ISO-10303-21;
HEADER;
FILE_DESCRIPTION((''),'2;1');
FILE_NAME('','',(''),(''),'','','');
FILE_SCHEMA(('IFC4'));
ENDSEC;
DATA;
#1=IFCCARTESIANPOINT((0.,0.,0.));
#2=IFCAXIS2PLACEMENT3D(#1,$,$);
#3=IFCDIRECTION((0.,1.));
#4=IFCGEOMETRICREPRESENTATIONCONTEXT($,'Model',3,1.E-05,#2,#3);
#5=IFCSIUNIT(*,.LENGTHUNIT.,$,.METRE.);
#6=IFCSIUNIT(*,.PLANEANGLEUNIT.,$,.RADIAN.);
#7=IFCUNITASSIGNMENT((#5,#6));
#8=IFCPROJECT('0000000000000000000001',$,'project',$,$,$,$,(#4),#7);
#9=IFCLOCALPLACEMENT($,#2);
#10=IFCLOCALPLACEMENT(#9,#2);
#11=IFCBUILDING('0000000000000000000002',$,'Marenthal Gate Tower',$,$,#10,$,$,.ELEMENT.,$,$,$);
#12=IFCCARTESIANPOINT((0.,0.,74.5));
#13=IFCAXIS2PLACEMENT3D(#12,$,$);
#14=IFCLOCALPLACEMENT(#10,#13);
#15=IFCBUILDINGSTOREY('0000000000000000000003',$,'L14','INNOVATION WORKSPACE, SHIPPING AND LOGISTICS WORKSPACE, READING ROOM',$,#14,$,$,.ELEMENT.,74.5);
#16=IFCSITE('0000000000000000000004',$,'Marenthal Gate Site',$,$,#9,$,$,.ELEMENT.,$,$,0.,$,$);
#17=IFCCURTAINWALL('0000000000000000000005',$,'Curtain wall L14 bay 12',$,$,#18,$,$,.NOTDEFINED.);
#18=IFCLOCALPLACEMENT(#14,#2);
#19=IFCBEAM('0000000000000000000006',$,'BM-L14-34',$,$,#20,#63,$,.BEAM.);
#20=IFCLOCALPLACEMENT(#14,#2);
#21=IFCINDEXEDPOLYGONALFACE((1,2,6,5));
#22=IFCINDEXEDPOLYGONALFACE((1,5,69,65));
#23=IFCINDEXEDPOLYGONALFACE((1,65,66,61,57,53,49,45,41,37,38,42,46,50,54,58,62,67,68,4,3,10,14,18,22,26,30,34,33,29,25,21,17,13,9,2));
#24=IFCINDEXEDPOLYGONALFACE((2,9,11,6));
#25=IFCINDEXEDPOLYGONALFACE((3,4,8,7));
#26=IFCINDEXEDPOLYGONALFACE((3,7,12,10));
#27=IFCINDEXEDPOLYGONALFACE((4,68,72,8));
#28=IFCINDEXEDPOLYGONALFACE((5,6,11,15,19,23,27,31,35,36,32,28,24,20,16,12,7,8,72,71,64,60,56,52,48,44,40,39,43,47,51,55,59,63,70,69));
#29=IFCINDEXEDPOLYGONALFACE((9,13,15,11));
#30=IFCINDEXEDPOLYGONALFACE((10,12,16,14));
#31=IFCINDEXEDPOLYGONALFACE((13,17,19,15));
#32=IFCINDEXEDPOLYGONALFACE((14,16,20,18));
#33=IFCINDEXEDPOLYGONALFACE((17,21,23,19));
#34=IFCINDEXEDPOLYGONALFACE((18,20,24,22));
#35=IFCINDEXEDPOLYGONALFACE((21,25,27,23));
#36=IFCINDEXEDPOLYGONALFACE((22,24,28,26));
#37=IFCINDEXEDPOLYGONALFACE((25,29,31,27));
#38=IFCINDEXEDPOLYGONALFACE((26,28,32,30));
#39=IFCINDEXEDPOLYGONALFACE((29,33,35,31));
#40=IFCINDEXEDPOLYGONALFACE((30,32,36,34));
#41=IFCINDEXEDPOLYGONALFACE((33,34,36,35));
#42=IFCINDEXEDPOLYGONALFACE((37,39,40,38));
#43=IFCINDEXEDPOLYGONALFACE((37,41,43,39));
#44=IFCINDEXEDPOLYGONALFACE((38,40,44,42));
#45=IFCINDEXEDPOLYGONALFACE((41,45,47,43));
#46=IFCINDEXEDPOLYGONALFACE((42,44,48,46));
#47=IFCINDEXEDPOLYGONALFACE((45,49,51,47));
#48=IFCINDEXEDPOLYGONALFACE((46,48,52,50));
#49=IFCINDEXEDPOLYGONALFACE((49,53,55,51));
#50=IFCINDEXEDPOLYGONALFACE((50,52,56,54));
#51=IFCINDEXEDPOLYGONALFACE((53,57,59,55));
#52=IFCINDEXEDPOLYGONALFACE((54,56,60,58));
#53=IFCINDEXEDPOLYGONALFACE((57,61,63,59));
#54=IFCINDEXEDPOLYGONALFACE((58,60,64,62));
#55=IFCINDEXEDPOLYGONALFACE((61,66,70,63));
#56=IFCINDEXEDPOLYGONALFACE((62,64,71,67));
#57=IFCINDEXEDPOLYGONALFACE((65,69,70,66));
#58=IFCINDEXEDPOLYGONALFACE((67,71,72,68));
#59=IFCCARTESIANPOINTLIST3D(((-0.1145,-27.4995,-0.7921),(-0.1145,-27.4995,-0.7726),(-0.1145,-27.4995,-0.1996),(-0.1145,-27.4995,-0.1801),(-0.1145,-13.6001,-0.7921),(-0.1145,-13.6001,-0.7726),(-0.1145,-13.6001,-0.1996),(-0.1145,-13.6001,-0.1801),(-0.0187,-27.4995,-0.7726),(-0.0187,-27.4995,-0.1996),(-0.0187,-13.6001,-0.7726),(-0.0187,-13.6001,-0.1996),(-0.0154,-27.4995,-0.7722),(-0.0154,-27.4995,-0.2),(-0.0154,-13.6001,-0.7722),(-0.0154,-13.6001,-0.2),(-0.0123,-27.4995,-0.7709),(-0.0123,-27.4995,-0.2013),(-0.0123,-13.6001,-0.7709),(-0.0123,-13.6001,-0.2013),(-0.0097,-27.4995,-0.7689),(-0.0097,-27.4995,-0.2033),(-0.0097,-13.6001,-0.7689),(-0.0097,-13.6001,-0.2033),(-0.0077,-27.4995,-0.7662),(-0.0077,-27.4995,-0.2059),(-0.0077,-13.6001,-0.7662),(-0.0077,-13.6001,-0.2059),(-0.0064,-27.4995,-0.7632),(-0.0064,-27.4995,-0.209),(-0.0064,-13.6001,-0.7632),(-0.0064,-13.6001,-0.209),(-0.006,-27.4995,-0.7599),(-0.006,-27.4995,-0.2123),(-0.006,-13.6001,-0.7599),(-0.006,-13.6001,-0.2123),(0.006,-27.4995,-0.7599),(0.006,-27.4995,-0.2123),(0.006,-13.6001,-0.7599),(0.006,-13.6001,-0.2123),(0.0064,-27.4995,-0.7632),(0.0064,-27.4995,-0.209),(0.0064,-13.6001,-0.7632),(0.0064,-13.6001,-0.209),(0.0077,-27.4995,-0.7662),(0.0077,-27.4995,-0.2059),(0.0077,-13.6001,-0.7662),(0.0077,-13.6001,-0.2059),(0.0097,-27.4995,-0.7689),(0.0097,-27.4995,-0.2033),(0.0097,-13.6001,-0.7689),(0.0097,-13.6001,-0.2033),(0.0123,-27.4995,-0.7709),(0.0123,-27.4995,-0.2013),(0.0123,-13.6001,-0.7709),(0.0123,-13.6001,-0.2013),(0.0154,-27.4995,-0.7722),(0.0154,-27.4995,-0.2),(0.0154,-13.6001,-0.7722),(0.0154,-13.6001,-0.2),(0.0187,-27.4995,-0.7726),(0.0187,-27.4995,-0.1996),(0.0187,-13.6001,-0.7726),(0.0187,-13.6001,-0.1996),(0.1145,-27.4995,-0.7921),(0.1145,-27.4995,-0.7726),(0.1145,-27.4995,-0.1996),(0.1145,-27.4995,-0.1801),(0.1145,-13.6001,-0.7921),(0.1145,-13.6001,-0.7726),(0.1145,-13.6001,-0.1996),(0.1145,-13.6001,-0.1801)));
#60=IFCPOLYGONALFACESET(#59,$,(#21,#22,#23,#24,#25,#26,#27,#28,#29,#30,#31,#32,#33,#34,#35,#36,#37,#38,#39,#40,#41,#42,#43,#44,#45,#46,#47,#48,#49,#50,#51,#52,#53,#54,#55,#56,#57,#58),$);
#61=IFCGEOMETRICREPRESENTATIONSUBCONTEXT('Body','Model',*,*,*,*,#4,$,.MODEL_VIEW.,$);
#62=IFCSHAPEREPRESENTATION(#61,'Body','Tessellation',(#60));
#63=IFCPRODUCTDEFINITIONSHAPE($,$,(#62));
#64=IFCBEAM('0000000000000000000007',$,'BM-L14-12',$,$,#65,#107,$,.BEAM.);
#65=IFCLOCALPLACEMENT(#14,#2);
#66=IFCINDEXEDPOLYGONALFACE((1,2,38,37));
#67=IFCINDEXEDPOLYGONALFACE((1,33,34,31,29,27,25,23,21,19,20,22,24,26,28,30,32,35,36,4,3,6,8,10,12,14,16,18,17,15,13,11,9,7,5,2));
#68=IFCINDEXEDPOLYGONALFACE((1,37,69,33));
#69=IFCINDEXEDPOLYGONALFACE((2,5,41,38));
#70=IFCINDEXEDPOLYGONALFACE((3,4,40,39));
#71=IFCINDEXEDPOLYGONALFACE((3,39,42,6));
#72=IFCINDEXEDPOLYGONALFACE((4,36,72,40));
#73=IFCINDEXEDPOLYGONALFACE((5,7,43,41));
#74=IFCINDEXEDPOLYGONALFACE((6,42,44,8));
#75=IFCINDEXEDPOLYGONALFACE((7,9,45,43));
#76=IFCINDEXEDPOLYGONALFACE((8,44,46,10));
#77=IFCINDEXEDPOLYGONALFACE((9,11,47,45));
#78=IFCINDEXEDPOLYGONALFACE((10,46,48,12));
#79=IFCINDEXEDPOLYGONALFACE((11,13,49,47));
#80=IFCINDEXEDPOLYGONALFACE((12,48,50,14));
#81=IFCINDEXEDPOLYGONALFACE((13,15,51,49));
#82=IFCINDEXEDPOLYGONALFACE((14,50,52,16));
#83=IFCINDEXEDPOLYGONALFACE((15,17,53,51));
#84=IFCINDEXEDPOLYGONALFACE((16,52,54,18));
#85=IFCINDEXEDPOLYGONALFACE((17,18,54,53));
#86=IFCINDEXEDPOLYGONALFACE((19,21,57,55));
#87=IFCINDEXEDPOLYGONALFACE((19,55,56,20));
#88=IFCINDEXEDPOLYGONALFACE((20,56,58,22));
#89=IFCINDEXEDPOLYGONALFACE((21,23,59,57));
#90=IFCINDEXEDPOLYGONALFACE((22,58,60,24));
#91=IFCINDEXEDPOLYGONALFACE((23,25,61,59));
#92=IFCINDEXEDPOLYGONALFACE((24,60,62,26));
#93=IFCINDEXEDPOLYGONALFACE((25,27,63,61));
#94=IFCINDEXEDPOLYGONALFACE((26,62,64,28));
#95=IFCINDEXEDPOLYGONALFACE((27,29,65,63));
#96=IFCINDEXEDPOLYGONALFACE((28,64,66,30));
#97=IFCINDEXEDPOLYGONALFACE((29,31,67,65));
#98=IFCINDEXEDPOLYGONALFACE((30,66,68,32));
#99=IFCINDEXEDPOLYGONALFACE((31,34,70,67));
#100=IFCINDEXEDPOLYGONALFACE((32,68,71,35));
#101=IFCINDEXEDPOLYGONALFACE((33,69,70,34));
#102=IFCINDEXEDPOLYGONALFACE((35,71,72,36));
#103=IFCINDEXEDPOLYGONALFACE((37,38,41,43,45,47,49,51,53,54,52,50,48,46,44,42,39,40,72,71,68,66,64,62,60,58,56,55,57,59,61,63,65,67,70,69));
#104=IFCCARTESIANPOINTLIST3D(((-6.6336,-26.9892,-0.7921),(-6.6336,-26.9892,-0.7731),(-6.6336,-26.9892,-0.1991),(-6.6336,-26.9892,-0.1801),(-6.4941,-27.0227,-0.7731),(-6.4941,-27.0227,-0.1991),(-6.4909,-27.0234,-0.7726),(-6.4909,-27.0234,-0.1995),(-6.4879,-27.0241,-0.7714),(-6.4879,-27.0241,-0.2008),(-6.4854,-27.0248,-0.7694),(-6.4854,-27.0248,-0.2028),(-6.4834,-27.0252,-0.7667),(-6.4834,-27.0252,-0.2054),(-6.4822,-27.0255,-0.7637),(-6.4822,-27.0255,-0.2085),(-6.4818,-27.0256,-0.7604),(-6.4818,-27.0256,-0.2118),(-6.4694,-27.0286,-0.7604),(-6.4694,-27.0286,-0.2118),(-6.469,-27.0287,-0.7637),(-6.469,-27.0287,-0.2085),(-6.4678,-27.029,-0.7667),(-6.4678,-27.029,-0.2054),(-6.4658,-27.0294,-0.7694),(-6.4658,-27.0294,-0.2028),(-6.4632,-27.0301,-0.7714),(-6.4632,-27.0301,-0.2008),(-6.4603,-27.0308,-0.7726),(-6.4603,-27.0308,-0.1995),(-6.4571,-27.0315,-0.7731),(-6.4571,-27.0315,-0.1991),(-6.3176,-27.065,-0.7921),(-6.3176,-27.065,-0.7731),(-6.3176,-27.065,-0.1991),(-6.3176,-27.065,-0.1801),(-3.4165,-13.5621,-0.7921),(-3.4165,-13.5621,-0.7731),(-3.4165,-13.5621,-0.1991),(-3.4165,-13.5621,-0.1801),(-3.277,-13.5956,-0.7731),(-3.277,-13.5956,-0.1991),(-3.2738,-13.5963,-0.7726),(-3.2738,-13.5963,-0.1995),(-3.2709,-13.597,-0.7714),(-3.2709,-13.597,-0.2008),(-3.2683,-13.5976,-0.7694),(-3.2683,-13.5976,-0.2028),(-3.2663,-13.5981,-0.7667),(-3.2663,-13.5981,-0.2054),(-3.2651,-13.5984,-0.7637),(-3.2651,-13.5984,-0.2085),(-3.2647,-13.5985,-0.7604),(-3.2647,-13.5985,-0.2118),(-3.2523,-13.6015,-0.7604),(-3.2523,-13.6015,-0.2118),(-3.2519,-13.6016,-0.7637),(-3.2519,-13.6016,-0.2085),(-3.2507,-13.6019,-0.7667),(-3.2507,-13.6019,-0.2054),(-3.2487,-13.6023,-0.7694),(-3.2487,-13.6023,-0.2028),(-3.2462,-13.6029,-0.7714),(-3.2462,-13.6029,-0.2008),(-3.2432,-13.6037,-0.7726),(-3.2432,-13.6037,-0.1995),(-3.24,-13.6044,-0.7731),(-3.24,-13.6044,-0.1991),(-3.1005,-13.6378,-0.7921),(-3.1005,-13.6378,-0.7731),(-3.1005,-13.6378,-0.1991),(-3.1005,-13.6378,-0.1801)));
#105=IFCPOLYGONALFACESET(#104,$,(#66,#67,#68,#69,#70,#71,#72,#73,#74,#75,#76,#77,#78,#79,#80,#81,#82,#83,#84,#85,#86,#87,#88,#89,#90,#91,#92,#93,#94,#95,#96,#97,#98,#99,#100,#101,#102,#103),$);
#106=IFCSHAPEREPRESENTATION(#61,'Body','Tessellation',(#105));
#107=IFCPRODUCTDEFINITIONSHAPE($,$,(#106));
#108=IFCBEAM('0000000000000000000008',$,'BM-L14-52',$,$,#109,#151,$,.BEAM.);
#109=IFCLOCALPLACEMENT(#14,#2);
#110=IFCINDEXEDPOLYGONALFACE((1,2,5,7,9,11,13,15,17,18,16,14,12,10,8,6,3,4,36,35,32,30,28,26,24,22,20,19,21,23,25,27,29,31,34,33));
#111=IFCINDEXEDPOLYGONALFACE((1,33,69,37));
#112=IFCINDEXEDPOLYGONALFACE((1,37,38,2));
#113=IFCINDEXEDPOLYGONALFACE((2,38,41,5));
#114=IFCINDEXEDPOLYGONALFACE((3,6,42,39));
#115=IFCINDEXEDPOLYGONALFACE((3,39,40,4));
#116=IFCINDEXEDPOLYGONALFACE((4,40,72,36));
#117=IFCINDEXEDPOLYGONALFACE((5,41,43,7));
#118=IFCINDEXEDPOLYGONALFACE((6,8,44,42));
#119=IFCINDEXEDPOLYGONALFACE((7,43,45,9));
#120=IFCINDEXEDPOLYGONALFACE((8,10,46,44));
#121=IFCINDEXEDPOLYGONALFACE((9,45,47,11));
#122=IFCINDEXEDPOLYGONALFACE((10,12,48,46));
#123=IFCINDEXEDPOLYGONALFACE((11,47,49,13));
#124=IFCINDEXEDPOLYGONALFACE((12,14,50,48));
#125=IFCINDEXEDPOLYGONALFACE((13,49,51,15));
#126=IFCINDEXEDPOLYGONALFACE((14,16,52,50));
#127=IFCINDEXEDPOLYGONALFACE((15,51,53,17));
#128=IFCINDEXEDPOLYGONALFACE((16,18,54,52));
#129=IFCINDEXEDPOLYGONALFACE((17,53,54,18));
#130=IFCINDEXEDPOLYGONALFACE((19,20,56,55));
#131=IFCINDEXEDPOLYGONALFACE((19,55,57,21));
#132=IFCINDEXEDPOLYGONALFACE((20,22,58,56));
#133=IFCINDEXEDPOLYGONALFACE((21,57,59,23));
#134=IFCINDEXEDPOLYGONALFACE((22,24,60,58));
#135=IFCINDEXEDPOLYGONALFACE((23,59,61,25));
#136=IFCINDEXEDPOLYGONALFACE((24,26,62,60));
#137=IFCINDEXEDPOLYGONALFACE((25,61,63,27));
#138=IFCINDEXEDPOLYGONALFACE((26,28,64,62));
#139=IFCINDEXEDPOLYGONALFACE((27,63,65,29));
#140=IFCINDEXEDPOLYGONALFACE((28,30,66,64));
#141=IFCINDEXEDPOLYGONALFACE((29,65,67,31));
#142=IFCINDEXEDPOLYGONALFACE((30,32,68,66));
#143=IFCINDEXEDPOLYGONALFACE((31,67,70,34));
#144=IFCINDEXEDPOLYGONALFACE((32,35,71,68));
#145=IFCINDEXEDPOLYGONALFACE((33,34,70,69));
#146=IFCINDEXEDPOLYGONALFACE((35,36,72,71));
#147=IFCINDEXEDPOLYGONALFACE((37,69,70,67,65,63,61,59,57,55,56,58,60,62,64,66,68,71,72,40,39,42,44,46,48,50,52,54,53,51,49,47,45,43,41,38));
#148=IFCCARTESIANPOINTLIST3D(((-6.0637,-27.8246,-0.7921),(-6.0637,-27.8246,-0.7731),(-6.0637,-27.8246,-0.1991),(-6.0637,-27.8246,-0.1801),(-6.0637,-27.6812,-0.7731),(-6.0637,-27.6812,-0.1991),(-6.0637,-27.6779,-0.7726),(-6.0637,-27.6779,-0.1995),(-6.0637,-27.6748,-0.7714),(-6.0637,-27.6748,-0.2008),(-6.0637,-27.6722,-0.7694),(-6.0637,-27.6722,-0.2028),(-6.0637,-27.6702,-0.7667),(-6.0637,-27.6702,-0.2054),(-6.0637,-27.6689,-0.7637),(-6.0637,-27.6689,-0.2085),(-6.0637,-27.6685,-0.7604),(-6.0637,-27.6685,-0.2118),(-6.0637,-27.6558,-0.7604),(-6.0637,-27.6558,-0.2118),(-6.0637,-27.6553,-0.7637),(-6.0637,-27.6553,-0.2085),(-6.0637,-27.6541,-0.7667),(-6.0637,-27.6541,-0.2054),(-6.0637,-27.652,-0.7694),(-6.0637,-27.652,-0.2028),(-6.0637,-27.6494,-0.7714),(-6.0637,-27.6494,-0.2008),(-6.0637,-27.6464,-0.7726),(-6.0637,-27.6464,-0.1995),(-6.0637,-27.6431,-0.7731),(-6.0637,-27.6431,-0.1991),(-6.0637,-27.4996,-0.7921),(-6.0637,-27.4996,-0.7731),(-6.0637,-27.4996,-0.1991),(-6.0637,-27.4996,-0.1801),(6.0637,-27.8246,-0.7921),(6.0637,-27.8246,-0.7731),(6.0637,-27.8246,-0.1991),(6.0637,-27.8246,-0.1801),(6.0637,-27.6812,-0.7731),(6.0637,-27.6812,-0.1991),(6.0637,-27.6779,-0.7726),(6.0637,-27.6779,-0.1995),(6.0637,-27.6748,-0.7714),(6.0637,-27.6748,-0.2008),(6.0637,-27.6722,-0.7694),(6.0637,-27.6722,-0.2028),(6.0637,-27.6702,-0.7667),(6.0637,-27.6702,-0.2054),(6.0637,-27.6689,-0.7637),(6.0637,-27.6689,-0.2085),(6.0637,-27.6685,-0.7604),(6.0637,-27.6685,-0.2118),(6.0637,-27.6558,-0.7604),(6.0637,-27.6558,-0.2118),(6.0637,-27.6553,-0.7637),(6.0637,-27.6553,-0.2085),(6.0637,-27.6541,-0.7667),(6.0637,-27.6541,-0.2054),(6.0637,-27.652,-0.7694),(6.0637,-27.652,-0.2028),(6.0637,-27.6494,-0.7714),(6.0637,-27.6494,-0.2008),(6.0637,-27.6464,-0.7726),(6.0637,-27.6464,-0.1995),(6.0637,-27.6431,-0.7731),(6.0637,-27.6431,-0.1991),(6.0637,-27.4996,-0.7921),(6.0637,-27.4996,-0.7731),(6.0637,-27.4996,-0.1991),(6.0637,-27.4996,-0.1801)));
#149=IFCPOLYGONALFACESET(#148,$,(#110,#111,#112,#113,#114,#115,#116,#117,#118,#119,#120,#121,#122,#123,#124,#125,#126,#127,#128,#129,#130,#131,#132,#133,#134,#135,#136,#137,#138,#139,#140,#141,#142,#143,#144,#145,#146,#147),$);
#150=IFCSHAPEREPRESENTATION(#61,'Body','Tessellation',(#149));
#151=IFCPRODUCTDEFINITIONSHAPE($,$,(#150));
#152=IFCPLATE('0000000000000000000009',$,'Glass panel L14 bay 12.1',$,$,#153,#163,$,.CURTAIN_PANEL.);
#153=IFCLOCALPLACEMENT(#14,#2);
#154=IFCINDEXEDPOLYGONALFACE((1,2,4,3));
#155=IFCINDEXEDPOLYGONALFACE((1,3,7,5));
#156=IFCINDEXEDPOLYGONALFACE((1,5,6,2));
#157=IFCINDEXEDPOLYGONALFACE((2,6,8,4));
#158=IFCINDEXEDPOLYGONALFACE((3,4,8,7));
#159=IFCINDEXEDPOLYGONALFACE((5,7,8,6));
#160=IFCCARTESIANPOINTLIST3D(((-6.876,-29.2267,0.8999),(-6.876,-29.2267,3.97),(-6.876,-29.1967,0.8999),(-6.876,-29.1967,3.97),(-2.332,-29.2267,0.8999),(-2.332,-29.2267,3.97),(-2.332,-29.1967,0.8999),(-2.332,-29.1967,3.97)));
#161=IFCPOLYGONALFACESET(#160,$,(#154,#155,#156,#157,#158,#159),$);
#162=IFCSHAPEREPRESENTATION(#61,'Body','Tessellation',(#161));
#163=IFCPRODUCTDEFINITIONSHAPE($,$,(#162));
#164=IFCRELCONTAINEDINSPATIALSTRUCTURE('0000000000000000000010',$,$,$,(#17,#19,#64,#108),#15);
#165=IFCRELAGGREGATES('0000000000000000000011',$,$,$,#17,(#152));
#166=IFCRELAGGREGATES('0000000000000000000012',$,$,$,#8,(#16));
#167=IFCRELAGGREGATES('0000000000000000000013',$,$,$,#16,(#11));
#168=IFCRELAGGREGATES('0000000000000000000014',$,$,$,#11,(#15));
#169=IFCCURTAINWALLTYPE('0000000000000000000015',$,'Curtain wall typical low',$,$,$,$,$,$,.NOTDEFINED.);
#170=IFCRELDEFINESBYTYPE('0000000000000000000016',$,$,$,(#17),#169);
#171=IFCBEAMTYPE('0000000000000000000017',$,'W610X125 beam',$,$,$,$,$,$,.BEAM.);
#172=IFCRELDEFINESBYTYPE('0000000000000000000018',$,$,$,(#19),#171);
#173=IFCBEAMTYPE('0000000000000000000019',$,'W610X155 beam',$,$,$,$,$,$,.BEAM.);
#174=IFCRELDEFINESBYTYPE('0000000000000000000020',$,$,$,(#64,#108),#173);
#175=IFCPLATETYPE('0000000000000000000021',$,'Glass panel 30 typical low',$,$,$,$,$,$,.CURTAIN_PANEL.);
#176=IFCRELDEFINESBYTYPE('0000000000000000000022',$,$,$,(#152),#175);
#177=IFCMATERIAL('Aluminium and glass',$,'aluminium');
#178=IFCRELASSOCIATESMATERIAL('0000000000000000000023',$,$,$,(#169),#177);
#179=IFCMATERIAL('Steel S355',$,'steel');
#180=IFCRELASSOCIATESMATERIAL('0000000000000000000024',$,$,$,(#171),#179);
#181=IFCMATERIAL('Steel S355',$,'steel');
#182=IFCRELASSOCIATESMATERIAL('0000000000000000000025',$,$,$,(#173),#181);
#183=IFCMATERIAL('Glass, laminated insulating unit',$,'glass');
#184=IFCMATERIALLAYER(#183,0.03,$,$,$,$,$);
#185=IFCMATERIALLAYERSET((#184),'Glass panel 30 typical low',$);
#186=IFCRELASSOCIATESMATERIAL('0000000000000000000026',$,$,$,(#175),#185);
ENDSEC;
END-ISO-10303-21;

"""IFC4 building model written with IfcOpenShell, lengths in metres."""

from ifc_helpers import new_model, si_unit, direction, frame, origin, origin_2d, place, context, subcontext, project, spatial, rectangle, i_section, extrude, material, layer, layer_set, material_profile, profile_set, type_object, element, aggregate, save


model = new_model("IFC4")

# Units and contexts
model_context = context("Model", 3, precision=1e-05, world=origin(), true_north=direction((0.0, 1.0)))
body_context = subcontext(model_context, "Body", "Model", "MODEL_VIEW")
ifc_project = project(units=[si_unit("LENGTHUNIT", "METRE"), si_unit("PLANEANGLEUNIT", "RADIAN")], contexts=[model_context])

# Site, building, storey
site_placement = place(None, origin())
site = spatial("IfcSite", under=ifc_project, at=site_placement, Name="Marenthal Gate Site", CompositionType="ELEMENT", RefElevation=0.0)
building_placement = place(site_placement, origin())
building = spatial("IfcBuilding", under=site, at=building_placement, Name="Marenthal Gate Tower", CompositionType="ELEMENT")
storey_placement = place(building_placement, frame((0.0, 0.0, 74.5)))
storey = spatial("IfcBuildingStorey", under=building, at=storey_placement, Name="L14", Description="INNOVATION WORKSPACE, SHIPPING AND LOGISTICS WORKSPACE, READING ROOM", CompositionType="ELEMENT", Elevation=74.5)

# Curtain wall
ifc_material_1 = material(Name="Aluminium and glass", Category="aluminium")
curtain_wall_type = type_object("IfcCurtainWallType", Name="Curtain wall typical low", PredefinedType="NOTDEFINED", material=ifc_material_1)
curtain_wall_placement = place(storey_placement, origin())
curtain_wall = element("IfcCurtainWall", 1, at=curtain_wall_placement, inside=storey, type_object=curtain_wall_type, Name="Curtain wall L14 bay 12", PredefinedType="NOTDEFINED")

# Beams
ifc_material_2 = material(Name="Steel S355", Category="steel")
ifc_material_profile_1 = material_profile(ifc_material_2, i_section(OverallWidth=0.229, OverallDepth=0.6121, WebThickness=0.012, FlangeThickness=0.0195, FilletRadius=0.0127, at=origin_2d()), Name="W610X125")
ifc_profile_set_1 = profile_set([ifc_material_profile_1], Name="Steel S355")
beam_type_1 = type_object("IfcBeamType", Name="W610X125 beam", PredefinedType="BEAM", material=ifc_profile_set_1)
beam_1_placement = place(storey_placement, frame((0.0, -27.4995, -0.4861), z_axis=(0.0, 1.0, 0.0), x_axis=(-1.0, 0.0, 0.0)))
element("IfcBeam", 2, at=beam_1_placement, inside=storey, type_object=beam_type_1, Name="BM-L14-34", PredefinedType="BEAM", context=body_context, shape_type="SweptSolid", body=[
    extrude(i_section(OverallWidth=0.229, OverallDepth=0.6121, WebThickness=0.012, FlangeThickness=0.0195, FilletRadius=0.0127, at=origin_2d()), origin(), (0.0, 0.0, 1.0), 13.8994),
])
ifc_material_3 = material(Name="Steel S355", Category="steel")
ifc_material_profile_2 = material_profile(ifc_material_3, i_section(OverallWidth=0.325, OverallDepth=0.6121, WebThickness=0.0127, FlangeThickness=0.019, FilletRadius=0.0127, at=origin_2d()), Name="W610X155")
ifc_profile_set_2 = profile_set([ifc_material_profile_2], Name="Steel S355")
beam_type_2 = type_object("IfcBeamType", Name="W610X155 beam", PredefinedType="BEAM", material=ifc_profile_set_2)
beam_2_placement = place(storey_placement, frame((-6.4756, -27.0271, -0.4861), z_axis=(0.233, 0.972477, 0.0), x_axis=(-0.972477, 0.233, 0.0)))
element("IfcBeam", 3, at=beam_2_placement, inside=storey, type_object=beam_type_2, Name="BM-L14-12", PredefinedType="BEAM", context=body_context, shape_type="SweptSolid", body=[
    extrude(i_section(OverallWidth=0.325, OverallDepth=0.6121, WebThickness=0.0127, FlangeThickness=0.019, FilletRadius=0.0127, at=origin_2d()), origin(), (0.0, 0.0, 1.0), 13.8071),
])
beam_3_placement = place(storey_placement, frame((-6.0637, -27.6621, -0.4861), z_axis=(1.0, 0.0, 0.0), x_axis=(0.0, 1.0, 0.0)))
element("IfcBeam", 4, at=beam_3_placement, inside=storey, type_object=beam_type_2, Name="BM-L14-52", PredefinedType="BEAM", context=body_context, shape_type="SweptSolid", body=[
    extrude(i_section(OverallWidth=0.325, OverallDepth=0.6121, WebThickness=0.0127, FlangeThickness=0.019, FilletRadius=0.0127, at=origin_2d()), origin(), (0.0, 0.0, 1.0), 12.1274),
])

# Plate
ifc_material_4 = material(Name="Glass, laminated insulating unit", Category="glass")
ifc_layer_1 = layer(ifc_material_4, 0.03)
ifc_layer_set_1 = layer_set([ifc_layer_1], Name="Glass panel 30 typical low")
plate_type = type_object("IfcPlateType", Name="Glass panel 30 typical low", PredefinedType="CURTAIN_PANEL", material=ifc_layer_set_1)
plate_placement = place(storey_placement, frame((-4.604, -29.2117, 0.8999), z_axis=(0.0, 0.0, 1.0), x_axis=(1.0, 0.0, 0.0)))
plate = element("IfcPlate", 5, at=plate_placement, type_object=plate_type, Name="Glass panel L14 bay 12.1", PredefinedType="CURTAIN_PANEL", context=body_context, shape_type="SweptSolid", body=[
    extrude(rectangle(XDim=4.5439, YDim=0.03, at=origin_2d()), origin(), (0.0, 0.0, 1.0), 3.0701),
])
aggregate(curtain_wall, [plate])

save(model, "model.ifc")
